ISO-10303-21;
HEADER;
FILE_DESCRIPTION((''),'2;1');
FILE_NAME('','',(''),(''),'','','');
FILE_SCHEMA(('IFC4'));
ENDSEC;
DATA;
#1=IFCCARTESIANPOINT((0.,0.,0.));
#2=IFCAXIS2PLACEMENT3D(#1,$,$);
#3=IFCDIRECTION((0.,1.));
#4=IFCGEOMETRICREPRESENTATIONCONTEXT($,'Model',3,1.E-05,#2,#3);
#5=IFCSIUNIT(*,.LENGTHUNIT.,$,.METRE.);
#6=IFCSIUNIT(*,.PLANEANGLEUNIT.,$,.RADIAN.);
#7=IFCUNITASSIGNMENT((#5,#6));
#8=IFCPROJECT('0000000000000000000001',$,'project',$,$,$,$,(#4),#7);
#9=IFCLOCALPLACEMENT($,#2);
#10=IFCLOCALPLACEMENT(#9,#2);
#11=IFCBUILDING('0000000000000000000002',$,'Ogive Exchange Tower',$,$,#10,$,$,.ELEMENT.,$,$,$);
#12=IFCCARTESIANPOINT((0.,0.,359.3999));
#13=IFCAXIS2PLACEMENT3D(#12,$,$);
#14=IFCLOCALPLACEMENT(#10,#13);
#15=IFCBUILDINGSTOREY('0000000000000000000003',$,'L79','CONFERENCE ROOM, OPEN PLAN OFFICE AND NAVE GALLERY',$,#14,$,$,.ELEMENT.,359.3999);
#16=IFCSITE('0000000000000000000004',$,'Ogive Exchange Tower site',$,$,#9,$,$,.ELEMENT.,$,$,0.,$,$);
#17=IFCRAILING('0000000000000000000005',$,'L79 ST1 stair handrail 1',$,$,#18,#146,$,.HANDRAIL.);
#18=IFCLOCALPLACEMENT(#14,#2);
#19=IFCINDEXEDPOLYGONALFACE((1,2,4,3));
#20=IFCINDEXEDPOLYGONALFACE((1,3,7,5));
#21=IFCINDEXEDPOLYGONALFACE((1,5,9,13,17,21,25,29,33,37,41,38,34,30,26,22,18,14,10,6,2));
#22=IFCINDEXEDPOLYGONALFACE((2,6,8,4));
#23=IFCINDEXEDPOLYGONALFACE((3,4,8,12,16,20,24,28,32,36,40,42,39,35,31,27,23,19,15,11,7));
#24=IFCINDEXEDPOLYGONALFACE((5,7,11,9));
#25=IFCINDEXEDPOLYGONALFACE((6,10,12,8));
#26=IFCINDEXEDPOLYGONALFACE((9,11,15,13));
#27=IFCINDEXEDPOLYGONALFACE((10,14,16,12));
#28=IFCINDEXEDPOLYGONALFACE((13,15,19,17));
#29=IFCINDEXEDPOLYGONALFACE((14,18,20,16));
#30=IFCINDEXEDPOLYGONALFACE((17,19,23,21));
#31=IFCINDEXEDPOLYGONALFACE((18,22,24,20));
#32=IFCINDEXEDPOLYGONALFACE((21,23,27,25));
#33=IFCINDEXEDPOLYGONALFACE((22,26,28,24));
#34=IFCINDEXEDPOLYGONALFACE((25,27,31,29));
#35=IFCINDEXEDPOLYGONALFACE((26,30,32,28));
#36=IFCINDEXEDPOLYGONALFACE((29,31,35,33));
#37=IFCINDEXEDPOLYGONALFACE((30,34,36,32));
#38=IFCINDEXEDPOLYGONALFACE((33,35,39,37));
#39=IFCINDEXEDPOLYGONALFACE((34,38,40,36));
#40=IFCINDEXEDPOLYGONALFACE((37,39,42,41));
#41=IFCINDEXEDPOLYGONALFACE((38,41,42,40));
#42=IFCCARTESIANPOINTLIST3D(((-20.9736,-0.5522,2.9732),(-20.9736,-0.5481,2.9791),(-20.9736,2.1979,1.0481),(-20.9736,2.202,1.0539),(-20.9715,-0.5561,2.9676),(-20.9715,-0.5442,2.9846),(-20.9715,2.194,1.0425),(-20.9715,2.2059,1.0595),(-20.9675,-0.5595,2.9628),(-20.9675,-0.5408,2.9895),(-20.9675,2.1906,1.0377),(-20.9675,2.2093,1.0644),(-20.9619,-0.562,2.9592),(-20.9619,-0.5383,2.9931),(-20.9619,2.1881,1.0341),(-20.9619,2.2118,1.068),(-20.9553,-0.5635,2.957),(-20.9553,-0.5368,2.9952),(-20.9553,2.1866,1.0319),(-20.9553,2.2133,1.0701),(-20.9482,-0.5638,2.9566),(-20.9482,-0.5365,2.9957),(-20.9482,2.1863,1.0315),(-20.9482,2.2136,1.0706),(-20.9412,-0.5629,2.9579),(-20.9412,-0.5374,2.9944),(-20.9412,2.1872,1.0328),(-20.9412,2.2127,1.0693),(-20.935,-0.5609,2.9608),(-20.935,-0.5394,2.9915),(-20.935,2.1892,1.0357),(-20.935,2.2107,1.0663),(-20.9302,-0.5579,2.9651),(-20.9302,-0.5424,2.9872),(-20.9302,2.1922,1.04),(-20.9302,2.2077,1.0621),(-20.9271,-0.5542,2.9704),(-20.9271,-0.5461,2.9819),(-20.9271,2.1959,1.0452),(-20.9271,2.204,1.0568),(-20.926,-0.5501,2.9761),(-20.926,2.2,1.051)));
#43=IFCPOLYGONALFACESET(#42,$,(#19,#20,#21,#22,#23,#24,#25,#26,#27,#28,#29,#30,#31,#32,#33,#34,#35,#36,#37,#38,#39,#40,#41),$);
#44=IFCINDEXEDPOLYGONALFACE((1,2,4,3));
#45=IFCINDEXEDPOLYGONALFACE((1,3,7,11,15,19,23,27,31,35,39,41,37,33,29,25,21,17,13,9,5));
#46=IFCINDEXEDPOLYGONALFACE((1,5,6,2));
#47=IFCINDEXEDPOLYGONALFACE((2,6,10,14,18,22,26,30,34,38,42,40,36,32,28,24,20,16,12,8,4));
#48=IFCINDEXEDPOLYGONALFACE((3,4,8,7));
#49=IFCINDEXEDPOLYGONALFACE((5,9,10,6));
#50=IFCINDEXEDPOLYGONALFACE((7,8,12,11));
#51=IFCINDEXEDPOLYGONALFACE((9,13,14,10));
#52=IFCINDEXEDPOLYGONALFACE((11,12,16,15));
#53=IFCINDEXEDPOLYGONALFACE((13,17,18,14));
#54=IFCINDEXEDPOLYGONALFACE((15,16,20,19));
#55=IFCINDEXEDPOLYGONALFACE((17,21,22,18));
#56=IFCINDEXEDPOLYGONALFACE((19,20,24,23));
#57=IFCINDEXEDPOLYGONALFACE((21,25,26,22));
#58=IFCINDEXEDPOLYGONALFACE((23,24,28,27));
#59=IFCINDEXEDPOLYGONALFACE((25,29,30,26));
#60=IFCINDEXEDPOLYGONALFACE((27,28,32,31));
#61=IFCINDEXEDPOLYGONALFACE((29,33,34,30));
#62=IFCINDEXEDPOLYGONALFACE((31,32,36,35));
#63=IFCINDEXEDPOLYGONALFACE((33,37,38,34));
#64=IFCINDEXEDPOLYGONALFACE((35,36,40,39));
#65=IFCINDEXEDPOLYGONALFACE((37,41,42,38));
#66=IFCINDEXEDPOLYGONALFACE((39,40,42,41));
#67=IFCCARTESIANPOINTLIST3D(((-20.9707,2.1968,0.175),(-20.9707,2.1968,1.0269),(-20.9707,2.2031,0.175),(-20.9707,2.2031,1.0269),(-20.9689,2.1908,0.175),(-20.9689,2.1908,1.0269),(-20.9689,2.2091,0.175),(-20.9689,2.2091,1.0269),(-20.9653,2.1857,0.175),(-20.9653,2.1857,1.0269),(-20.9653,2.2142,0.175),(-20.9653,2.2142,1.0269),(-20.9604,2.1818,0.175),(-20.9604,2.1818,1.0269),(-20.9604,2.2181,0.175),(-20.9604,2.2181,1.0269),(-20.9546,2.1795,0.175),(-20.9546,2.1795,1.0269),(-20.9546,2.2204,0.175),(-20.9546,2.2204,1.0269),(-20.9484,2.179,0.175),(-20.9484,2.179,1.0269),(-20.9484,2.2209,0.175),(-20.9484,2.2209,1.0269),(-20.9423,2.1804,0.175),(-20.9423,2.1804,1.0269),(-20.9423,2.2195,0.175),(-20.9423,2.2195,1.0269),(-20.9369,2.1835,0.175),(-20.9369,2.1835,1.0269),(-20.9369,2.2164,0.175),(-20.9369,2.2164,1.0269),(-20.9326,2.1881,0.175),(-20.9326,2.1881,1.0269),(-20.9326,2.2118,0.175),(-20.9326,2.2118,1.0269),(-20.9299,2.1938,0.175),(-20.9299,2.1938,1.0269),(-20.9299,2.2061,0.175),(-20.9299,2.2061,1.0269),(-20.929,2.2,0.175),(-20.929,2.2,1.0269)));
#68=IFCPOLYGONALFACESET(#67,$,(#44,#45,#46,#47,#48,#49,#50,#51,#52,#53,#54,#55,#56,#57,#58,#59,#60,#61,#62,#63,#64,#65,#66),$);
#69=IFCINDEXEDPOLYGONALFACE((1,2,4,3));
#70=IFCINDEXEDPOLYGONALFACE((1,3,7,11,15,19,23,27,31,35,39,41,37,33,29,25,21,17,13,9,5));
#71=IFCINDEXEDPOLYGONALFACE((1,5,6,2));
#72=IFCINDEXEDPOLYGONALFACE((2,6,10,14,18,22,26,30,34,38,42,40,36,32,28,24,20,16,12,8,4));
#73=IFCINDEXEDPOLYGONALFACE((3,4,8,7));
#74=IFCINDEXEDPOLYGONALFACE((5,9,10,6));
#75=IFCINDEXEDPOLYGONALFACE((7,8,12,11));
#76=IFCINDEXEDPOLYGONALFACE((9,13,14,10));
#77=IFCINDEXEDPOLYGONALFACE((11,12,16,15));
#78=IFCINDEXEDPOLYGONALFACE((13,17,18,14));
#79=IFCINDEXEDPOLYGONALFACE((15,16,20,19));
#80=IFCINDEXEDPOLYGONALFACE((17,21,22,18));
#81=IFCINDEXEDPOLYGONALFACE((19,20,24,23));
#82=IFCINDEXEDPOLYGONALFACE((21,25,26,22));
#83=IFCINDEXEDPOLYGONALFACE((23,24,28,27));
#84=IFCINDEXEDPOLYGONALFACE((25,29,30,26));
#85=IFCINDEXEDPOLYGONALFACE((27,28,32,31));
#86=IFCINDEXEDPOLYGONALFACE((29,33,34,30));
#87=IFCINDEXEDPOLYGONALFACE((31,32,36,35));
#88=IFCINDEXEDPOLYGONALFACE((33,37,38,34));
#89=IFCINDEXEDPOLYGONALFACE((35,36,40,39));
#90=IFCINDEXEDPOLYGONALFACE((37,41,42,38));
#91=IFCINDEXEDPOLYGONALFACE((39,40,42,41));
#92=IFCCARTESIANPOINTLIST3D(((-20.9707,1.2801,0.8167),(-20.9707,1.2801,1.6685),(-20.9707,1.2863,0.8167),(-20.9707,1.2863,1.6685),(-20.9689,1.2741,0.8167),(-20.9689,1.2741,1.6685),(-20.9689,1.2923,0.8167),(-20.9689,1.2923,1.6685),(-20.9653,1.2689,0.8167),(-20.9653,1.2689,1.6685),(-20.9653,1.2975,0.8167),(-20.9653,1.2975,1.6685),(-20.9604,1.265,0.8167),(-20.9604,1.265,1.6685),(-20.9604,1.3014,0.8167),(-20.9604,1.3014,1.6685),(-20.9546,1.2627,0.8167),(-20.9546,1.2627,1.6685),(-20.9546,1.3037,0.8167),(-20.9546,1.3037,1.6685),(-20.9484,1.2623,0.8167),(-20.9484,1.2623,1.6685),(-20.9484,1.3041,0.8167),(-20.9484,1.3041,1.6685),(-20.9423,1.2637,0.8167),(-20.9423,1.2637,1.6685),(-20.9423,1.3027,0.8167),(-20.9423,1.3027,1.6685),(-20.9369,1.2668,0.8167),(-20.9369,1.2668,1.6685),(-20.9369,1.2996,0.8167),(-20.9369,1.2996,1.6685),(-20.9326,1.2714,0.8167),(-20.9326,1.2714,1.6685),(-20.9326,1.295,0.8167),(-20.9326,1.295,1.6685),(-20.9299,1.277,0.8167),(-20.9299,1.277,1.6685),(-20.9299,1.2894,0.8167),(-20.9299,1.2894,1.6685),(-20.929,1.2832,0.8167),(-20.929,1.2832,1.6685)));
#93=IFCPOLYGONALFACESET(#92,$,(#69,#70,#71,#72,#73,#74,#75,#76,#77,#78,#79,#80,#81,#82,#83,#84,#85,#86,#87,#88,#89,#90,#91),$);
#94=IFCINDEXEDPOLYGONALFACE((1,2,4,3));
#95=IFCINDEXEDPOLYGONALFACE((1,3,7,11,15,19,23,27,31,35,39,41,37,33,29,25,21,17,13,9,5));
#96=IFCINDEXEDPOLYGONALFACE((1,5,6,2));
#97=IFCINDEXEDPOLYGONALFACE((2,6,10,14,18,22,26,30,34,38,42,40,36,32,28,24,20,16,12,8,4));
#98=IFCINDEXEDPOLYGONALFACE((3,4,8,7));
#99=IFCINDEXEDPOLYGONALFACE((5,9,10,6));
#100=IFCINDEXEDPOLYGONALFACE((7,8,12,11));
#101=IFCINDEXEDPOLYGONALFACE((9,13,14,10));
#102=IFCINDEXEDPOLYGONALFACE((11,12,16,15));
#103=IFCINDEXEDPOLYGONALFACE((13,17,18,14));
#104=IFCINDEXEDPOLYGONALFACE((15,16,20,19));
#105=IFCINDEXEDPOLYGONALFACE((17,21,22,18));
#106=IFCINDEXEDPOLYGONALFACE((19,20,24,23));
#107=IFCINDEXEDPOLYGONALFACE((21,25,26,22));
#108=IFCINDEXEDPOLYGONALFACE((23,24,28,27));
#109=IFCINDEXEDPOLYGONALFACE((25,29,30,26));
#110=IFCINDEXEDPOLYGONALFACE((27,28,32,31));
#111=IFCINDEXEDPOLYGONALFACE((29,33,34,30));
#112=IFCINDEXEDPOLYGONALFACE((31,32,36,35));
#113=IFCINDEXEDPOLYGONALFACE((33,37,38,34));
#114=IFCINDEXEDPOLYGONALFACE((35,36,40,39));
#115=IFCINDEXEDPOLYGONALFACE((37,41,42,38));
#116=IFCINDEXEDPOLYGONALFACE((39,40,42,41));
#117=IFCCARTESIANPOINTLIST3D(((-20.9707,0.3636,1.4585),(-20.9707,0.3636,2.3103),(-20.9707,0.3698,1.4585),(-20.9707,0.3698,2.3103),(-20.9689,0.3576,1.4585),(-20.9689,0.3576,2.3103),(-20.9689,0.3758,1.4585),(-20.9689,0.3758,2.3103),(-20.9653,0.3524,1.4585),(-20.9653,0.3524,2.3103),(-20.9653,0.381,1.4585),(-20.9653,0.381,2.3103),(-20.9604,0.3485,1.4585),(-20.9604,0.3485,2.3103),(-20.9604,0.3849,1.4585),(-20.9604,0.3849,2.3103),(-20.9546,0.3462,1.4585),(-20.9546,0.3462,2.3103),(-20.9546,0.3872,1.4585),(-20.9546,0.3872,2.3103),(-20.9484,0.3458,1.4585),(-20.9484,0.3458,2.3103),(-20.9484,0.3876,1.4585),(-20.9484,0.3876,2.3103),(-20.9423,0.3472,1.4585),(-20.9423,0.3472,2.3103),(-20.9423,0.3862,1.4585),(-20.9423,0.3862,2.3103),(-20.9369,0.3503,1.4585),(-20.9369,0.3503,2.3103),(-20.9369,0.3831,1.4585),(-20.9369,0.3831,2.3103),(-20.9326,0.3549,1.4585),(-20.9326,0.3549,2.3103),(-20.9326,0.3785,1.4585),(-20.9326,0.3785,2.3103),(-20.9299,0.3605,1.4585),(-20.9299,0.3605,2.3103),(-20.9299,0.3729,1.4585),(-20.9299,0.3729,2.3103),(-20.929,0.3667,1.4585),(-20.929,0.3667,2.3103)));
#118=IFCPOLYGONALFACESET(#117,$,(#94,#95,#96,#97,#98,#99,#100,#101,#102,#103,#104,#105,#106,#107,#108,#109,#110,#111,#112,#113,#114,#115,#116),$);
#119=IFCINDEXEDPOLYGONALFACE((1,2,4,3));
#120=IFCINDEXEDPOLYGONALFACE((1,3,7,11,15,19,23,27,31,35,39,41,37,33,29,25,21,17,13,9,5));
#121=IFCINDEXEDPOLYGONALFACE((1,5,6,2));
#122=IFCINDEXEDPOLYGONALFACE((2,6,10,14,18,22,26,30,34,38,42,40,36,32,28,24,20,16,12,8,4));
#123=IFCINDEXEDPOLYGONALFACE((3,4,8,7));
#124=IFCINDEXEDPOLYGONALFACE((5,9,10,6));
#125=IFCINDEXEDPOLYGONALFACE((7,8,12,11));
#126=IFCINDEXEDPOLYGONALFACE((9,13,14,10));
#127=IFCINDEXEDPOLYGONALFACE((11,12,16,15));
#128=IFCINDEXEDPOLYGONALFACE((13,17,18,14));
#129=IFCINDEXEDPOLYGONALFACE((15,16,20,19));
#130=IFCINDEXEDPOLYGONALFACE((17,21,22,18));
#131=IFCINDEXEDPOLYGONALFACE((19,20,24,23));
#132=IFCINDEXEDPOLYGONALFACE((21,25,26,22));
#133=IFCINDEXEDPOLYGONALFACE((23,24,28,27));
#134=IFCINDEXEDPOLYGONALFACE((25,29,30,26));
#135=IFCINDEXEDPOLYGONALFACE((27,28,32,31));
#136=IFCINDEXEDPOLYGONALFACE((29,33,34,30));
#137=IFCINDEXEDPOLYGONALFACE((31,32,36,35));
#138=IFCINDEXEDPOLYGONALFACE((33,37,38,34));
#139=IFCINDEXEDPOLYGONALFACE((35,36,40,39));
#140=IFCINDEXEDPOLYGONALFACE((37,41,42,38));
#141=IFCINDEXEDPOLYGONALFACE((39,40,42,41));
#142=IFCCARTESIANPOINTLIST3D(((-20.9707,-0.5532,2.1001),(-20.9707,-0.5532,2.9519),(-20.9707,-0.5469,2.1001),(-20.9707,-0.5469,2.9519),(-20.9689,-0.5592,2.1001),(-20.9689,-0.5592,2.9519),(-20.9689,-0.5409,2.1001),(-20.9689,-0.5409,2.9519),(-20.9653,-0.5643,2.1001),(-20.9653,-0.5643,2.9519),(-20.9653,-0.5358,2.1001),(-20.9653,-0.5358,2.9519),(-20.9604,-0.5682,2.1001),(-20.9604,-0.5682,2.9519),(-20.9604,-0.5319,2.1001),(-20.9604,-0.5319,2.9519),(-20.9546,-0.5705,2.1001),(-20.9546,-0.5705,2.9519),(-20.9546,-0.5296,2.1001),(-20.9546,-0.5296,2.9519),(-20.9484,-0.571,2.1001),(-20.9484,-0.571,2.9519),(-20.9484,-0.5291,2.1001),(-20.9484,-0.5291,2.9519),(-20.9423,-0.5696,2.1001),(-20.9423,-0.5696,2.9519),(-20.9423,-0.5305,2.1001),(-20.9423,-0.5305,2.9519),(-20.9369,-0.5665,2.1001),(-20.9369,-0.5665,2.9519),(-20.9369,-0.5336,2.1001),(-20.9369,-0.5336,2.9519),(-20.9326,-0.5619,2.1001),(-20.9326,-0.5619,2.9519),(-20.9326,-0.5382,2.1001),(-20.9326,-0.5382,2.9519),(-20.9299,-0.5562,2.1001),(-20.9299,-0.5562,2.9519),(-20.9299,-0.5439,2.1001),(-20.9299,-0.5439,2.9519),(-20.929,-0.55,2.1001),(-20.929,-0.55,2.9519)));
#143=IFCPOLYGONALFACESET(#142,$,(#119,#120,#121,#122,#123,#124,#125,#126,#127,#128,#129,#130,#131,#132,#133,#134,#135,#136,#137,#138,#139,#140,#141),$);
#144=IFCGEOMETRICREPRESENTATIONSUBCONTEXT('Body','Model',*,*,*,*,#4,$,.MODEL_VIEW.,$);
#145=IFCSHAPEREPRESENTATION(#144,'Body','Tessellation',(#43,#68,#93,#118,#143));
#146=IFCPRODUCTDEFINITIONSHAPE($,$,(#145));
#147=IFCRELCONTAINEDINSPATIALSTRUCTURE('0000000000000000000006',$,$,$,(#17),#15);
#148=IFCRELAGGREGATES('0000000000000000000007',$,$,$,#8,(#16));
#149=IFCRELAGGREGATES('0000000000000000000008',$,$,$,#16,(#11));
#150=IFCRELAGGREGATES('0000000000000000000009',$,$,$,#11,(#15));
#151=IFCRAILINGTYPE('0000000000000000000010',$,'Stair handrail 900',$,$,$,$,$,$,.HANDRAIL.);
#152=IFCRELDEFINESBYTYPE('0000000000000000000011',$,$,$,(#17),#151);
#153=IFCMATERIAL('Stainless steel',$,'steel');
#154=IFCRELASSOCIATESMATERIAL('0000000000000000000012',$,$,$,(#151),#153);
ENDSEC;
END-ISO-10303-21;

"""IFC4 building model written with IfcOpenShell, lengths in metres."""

from ifc_helpers import new_model, si_unit, direction, frame, origin, origin_2d, place, context, subcontext, project, spatial, circle, extrude, material, type_object, element, save


model = new_model("IFC4")

# Units and contexts
model_context = context("Model", 3, precision=1e-05, world=origin(), true_north=direction((0.0, 1.0)))
body_context = subcontext(model_context, "Body", "Model", "MODEL_VIEW")
ifc_project = project(units=[si_unit("LENGTHUNIT", "METRE"), si_unit("PLANEANGLEUNIT", "RADIAN")], contexts=[model_context])

# Site, building, storey
site_placement = place(None, origin())
site = spatial("IfcSite", under=ifc_project, at=site_placement, Name="Ogive Exchange Tower site", CompositionType="ELEMENT", RefElevation=0.0)
building_placement = place(site_placement, origin())
building = spatial("IfcBuilding", under=site, at=building_placement, Name="Ogive Exchange Tower", CompositionType="ELEMENT")
storey_placement = place(building_placement, frame((0.0, 0.0, 359.3999)))
storey = spatial("IfcBuildingStorey", under=building, at=storey_placement, Name="L79", Description="CONFERENCE ROOM, OPEN PLAN OFFICE AND NAVE GALLERY", CompositionType="ELEMENT", Elevation=359.3999)

# Shared definitions
ifc_material_1 = material(Name="Stainless steel", Category="steel")

# Railing
railing_type = type_object("IfcRailingType", Name="Stair handrail 900", PredefinedType="HANDRAIL", material=ifc_material_1)
railing_1_placement = place(storey_placement, frame((-20.95, 2.2, 0.175)))
element("IfcRailing", 1, at=railing_1_placement, inside=storey, type_object=railing_type, Name="L79 ST1 stair handrail 1", PredefinedType="HANDRAIL", context=body_context, shape_type="SweptSolid", body=[
    extrude(circle(Radius=0.0239, at=origin_2d()), frame((0.0, 0.0, 0.876), z_axis=(0.0, -0.819225, 0.573472), x_axis=(1.0, 0.0, 0.0)), (0.0, 0.0, 1.0), 3.3569),
    extrude(circle(Radius=0.021, at=origin_2d()), origin(), (0.0, 0.0, 1.0), 0.8518),
    extrude(circle(Radius=0.021, at=origin_2d()), frame((0.0, -0.9167, 0.6416)), (0.0, 0.0, 1.0), 0.8518),
    extrude(circle(Radius=0.021, at=origin_2d()), frame((0.0, -1.8333, 1.2834)), (0.0, 0.0, 1.0), 0.8518),
    extrude(circle(Radius=0.021, at=origin_2d()), frame((0.0, -2.75, 1.925)), (0.0, 0.0, 1.0), 0.8518),
])

save(model, "model.ifc")
